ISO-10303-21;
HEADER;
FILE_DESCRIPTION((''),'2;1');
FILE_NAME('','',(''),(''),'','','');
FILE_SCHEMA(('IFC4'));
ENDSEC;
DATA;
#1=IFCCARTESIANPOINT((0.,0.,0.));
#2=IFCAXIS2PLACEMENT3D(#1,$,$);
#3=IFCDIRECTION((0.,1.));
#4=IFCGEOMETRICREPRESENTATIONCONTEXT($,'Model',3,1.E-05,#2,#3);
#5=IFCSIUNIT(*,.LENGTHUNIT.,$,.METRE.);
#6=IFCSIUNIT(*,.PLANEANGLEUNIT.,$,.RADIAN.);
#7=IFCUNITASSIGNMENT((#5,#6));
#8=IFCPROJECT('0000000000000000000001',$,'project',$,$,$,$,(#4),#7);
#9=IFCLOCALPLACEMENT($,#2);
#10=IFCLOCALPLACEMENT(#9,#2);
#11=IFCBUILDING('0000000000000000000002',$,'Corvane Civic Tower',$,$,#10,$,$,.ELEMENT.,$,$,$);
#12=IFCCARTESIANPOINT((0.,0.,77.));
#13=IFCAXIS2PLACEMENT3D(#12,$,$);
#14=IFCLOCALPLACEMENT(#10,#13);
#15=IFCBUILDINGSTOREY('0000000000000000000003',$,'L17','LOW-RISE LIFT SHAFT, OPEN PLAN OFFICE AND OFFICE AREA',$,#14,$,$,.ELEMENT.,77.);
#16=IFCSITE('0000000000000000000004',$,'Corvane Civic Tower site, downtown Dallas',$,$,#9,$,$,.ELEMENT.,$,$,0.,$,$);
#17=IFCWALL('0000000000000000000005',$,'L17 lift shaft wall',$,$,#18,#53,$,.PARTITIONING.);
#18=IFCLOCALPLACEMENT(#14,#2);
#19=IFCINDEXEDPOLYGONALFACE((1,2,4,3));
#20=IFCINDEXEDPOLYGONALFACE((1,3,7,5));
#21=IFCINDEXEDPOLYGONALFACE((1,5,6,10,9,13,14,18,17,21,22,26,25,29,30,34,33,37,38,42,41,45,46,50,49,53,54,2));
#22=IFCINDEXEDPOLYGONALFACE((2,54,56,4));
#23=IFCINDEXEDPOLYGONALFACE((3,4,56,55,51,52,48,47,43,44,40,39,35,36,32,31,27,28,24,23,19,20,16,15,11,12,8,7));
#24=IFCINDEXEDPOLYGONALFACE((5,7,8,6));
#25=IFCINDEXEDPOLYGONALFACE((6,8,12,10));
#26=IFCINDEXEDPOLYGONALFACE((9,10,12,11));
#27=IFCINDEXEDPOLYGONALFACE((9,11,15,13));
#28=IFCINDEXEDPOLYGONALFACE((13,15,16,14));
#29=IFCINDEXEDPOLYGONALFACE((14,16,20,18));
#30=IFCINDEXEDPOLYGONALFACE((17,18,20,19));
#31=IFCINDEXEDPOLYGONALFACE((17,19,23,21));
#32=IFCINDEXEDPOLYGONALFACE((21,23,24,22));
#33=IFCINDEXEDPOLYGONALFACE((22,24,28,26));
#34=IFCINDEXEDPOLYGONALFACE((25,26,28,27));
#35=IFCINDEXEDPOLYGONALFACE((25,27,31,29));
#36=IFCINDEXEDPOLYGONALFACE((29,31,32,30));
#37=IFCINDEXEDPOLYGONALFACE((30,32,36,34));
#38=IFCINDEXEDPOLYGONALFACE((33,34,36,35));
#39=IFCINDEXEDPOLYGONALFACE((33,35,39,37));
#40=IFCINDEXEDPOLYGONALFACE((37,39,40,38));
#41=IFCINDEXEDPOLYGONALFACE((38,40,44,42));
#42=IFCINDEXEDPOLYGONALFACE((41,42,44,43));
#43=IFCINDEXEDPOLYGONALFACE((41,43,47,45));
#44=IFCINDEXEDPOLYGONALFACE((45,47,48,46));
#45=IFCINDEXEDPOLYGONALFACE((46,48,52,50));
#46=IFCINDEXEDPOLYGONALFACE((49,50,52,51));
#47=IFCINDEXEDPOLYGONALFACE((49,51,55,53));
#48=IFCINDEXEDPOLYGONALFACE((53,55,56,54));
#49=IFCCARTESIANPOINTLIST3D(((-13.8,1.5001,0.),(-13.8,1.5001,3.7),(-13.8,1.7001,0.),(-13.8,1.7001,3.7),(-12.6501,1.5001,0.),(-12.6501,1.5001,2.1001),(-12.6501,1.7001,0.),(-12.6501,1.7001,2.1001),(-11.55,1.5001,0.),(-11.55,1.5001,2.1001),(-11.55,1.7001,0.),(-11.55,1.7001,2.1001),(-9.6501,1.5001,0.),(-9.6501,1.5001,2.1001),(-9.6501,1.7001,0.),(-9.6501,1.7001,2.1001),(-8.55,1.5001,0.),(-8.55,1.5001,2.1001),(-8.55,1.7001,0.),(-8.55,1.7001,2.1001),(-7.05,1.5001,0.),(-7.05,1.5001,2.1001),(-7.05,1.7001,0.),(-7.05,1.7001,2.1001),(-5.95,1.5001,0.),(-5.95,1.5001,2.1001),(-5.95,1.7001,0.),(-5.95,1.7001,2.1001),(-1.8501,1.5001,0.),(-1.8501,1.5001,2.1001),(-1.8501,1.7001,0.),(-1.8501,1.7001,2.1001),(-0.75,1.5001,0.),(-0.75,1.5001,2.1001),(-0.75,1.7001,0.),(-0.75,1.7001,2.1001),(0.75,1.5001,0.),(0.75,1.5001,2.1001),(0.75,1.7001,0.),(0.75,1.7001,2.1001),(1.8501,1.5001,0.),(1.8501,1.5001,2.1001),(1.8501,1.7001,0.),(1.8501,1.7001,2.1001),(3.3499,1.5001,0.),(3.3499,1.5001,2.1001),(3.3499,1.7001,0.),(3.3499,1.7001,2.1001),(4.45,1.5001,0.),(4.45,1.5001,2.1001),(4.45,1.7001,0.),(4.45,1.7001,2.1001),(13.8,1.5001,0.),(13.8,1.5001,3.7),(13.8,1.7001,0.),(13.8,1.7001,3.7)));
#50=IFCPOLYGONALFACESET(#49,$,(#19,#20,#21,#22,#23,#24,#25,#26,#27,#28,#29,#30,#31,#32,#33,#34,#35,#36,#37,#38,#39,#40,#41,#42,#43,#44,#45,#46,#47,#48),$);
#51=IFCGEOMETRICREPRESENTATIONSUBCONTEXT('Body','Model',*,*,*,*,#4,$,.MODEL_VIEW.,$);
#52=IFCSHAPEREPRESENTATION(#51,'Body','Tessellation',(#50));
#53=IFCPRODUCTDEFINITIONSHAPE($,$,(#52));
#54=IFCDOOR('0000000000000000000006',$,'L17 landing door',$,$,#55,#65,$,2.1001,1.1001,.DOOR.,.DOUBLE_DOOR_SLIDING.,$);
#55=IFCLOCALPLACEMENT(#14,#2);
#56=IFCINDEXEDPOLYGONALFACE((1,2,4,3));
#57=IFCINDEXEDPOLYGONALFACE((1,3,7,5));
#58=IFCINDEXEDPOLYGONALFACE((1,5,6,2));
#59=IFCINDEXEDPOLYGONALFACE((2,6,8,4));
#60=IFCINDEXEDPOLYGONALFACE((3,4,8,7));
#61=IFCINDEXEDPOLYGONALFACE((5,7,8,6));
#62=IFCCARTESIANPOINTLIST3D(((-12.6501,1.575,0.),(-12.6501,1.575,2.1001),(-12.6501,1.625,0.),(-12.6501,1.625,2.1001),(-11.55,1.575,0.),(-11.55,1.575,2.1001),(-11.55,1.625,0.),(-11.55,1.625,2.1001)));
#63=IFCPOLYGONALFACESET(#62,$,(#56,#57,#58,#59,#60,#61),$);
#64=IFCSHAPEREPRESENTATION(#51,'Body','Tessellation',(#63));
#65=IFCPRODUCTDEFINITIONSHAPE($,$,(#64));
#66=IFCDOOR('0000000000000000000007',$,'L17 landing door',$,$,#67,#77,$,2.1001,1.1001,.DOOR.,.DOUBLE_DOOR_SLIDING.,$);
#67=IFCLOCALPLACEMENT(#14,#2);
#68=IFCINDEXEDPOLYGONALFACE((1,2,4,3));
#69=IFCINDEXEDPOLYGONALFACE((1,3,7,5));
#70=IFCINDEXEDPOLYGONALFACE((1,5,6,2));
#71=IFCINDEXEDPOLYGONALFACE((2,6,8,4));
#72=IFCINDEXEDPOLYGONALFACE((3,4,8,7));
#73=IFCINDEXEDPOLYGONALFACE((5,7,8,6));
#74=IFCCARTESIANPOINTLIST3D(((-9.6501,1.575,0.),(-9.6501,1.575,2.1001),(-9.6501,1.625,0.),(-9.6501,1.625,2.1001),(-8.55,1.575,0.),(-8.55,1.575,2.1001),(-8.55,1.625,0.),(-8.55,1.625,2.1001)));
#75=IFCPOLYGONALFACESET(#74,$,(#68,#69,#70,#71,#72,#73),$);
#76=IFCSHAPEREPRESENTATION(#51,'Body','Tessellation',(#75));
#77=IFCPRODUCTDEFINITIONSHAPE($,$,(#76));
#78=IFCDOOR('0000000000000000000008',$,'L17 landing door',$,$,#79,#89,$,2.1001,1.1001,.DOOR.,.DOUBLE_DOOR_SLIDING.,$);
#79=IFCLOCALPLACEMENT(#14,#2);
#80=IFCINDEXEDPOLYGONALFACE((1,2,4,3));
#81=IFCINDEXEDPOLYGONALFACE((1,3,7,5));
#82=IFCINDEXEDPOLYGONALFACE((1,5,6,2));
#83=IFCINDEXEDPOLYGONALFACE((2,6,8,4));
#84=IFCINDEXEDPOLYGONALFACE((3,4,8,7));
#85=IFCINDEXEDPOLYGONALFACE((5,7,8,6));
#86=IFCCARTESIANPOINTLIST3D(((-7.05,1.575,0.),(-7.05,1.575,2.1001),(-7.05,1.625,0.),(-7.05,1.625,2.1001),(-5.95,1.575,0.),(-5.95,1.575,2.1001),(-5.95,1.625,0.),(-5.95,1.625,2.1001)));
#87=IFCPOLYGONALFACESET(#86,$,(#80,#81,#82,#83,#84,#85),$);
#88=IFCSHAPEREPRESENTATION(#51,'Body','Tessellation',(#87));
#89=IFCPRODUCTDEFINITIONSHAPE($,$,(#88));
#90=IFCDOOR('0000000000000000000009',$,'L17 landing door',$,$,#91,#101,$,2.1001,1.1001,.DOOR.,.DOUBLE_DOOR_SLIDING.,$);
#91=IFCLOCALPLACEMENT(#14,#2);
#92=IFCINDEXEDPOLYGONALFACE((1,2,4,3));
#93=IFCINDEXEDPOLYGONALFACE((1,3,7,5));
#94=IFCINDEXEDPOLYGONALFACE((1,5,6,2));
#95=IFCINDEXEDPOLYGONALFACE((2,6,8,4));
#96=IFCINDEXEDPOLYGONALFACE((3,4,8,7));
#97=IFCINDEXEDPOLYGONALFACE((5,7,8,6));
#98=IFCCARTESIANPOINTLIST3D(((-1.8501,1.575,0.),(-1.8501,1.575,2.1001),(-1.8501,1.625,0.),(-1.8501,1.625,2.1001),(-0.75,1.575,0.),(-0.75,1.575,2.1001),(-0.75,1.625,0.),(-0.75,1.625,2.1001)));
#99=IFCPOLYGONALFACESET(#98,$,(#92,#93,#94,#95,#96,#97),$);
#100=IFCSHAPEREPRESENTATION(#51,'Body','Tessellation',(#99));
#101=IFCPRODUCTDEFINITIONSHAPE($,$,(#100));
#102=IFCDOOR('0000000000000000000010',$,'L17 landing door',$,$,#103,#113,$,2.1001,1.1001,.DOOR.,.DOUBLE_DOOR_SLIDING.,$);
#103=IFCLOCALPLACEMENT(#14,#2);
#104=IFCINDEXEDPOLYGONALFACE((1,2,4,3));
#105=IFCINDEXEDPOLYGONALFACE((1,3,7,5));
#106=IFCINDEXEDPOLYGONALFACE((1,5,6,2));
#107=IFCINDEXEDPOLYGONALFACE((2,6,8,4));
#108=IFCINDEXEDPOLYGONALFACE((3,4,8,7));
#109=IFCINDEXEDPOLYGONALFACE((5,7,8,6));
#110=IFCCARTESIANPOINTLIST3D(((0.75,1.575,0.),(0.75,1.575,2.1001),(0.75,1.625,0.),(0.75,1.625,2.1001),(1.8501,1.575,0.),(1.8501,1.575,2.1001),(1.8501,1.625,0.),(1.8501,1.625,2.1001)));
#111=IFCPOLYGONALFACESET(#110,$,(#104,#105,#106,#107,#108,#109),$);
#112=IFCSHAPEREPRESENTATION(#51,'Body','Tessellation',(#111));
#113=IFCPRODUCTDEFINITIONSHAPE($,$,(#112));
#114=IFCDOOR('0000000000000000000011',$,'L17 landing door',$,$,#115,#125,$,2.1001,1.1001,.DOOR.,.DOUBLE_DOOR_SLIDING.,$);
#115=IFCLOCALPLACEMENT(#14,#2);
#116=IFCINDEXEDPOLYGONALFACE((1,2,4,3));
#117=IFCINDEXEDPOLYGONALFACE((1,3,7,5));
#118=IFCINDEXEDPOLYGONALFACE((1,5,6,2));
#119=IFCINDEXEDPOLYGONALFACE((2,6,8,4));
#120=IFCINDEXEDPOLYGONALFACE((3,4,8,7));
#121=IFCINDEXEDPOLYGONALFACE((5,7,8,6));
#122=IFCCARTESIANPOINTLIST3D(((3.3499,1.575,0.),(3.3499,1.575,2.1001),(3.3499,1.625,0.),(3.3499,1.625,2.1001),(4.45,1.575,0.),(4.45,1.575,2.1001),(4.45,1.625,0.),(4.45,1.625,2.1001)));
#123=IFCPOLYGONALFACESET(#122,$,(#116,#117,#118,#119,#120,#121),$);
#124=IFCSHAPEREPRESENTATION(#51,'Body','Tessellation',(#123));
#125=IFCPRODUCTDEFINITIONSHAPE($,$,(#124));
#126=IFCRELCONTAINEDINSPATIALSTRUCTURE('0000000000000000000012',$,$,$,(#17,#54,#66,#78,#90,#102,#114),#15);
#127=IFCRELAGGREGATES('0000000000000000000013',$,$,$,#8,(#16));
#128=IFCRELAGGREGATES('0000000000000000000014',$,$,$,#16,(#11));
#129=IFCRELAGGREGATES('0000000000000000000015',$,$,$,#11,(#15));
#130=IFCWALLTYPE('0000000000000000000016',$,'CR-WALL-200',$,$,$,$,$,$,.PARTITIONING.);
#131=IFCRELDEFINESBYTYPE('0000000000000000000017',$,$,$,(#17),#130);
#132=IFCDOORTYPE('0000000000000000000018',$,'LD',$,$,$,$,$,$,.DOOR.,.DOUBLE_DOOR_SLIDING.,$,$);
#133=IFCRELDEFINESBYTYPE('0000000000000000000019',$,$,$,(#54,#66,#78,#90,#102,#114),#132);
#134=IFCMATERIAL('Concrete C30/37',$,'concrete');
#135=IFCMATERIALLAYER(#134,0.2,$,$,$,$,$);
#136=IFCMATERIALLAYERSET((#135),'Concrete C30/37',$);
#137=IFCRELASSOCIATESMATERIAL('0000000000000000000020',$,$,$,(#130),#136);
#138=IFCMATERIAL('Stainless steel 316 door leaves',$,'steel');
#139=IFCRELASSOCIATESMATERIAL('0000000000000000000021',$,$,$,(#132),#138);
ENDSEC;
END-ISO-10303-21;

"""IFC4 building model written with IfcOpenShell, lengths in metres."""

from ifc_helpers import new_model, si_unit, direction, frame, frame_2d, origin, place, context, subcontext, project, spatial, rectangle, extrude, material, layer, layer_set, type_object, element, fill, save


model = new_model("IFC4")

# Units and contexts
model_context = context("Model", 3, precision=1e-05, world=origin(), true_north=direction((0.0, 1.0)))
body_context = subcontext(model_context, "Body", "Model", "MODEL_VIEW")
ifc_project = project(units=[si_unit("LENGTHUNIT", "METRE"), si_unit("PLANEANGLEUNIT", "RADIAN")], contexts=[model_context])

# Site, building, storey
site_placement = place(None, origin())
site = spatial("IfcSite", under=ifc_project, at=site_placement, Name="Corvane Civic Tower site, downtown Dallas", CompositionType="ELEMENT", RefElevation=0.0)
building_placement = place(site_placement, origin())
building = spatial("IfcBuilding", under=site, at=building_placement, Name="Corvane Civic Tower", CompositionType="ELEMENT")
storey_placement = place(building_placement, frame((0.0, 0.0, 77.0)))
storey = spatial("IfcBuildingStorey", under=building, at=storey_placement, Name="L17", Description="LOW-RISE LIFT SHAFT, OPEN PLAN OFFICE AND OFFICE AREA", CompositionType="ELEMENT", Elevation=77.0)

# Wall, openings, doors
ifc_material_1 = material(Name="Concrete C30/37", Category="concrete")
ifc_layer_1 = layer(ifc_material_1, 0.2)
ifc_layer_set_1 = layer_set([ifc_layer_1], Name="Concrete C30/37")
wall_type_1 = type_object("IfcWallType", Name="CR-WALL-200", PredefinedType="PARTITIONING", material=ifc_layer_set_1)
wall_1_placement = place(storey_placement, frame((-13.8, 1.6001, 0.0), z_axis=(0.0, 0.0, 1.0), x_axis=(1.0, 0.0, 0.0)))
wall_1 = element("IfcWall", 1, at=wall_1_placement, inside=storey, type_object=wall_type_1, Name="L17 lift shaft wall", PredefinedType="PARTITIONING", context=body_context, shape_type="SweptSolid", body=[
    extrude(rectangle(XDim=27.6001, YDim=0.2, at=frame_2d((13.8, 0.0))), origin(), (0.0, 0.0, 1.0), 3.7),
])
opening_1_placement = place(wall_1_placement, frame((1.1499, 0.0, 0.0)))
opening_1 = element("IfcOpeningElement", 2, at=opening_1_placement, cuts=wall_1, PredefinedType="OPENING", context=body_context, shape_type="SweptSolid", body=[
    extrude(rectangle(XDim=1.1001, YDim=2.1001, at=frame_2d((0.55, 1.05))), frame((0.0, 0.1099, 0.0), z_axis=(0.0, -1.0, 0.0), x_axis=(1.0, 0.0, 0.0)), (0.0, 0.0, 1.0), 0.22),
])
opening_2_placement = place(wall_1_placement, frame((4.1499, 0.0, 0.0)))
opening_2 = element("IfcOpeningElement", 3, at=opening_2_placement, cuts=wall_1, PredefinedType="OPENING", context=body_context, shape_type="SweptSolid", body=[
    extrude(rectangle(XDim=1.1001, YDim=2.1001, at=frame_2d((0.55, 1.05))), frame((0.0, 0.1099, 0.0), z_axis=(0.0, -1.0, 0.0), x_axis=(1.0, 0.0, 0.0)), (0.0, 0.0, 1.0), 0.22),
])
opening_3_placement = place(wall_1_placement, frame((6.75, 0.0, 0.0)))
opening_3 = element("IfcOpeningElement", 4, at=opening_3_placement, cuts=wall_1, PredefinedType="OPENING", context=body_context, shape_type="SweptSolid", body=[
    extrude(rectangle(XDim=1.1001, YDim=2.1001, at=frame_2d((0.55, 1.05))), frame((0.0, 0.1099, 0.0), z_axis=(0.0, -1.0, 0.0), x_axis=(1.0, 0.0, 0.0)), (0.0, 0.0, 1.0), 0.22),
])
opening_4_placement = place(wall_1_placement, frame((11.95, 0.0, 0.0)))
opening_4 = element("IfcOpeningElement", 5, at=opening_4_placement, cuts=wall_1, PredefinedType="OPENING", context=body_context, shape_type="SweptSolid", body=[
    extrude(rectangle(XDim=1.1001, YDim=2.1001, at=frame_2d((0.55, 1.05))), frame((0.0, 0.1099, 0.0), z_axis=(0.0, -1.0, 0.0), x_axis=(1.0, 0.0, 0.0)), (0.0, 0.0, 1.0), 0.22),
])
opening_5_placement = place(wall_1_placement, frame((14.55, 0.0, 0.0)))
opening_5 = element("IfcOpeningElement", 6, at=opening_5_placement, cuts=wall_1, PredefinedType="OPENING", context=body_context, shape_type="SweptSolid", body=[
    extrude(rectangle(XDim=1.1001, YDim=2.1001, at=frame_2d((0.55, 1.05))), frame((0.0, 0.1099, 0.0), z_axis=(0.0, -1.0, 0.0), x_axis=(1.0, 0.0, 0.0)), (0.0, 0.0, 1.0), 0.22),
])
opening_6_placement = place(wall_1_placement, frame((17.1499, 0.0, 0.0)))
opening_6 = element("IfcOpeningElement", 7, at=opening_6_placement, cuts=wall_1, PredefinedType="OPENING", context=body_context, shape_type="SweptSolid", body=[
    extrude(rectangle(XDim=1.1001, YDim=2.1001, at=frame_2d((0.55, 1.05))), frame((0.0, 0.1099, 0.0), z_axis=(0.0, -1.0, 0.0), x_axis=(1.0, 0.0, 0.0)), (0.0, 0.0, 1.0), 0.22),
])
ifc_material_2 = material(Name="Stainless steel 316 door leaves", Category="steel")
door_type_1 = type_object("IfcDoorType", Name="LD", OperationType="DOUBLE_DOOR_SLIDING", PredefinedType="DOOR", material=ifc_material_2)
door_1_placement = place(opening_1_placement, origin())
door_1 = element("IfcDoor", 8, at=door_1_placement, inside=storey, type_object=door_type_1, Name="L17 landing door", OperationType="DOUBLE_DOOR_SLIDING", OverallHeight=2.1001, OverallWidth=1.1001, PredefinedType="DOOR", context=body_context, shape_type="SweptSolid", body=[
    extrude(rectangle(XDim=1.1001, YDim=2.1001, at=frame_2d((0.55, 1.05))), frame((0.0, 0.0249, 0.0), z_axis=(0.0, -1.0, 0.0), x_axis=(1.0, 0.0, 0.0)), (0.0, 0.0, 1.0), 0.05),
])
fill(opening_1, door_1)
door_2_placement = place(opening_2_placement, origin())
door_2 = element("IfcDoor", 9, at=door_2_placement, inside=storey, type_object=door_type_1, Name="L17 landing door", OperationType="DOUBLE_DOOR_SLIDING", OverallHeight=2.1001, OverallWidth=1.1001, PredefinedType="DOOR", context=body_context, shape_type="SweptSolid", body=[
    extrude(rectangle(XDim=1.1001, YDim=2.1001, at=frame_2d((0.55, 1.05))), frame((0.0, 0.0249, 0.0), z_axis=(0.0, -1.0, 0.0), x_axis=(1.0, 0.0, 0.0)), (0.0, 0.0, 1.0), 0.05),
])
fill(opening_2, door_2)
door_3_placement = place(opening_3_placement, origin())
door_3 = element("IfcDoor", 10, at=door_3_placement, inside=storey, type_object=door_type_1, Name="L17 landing door", OperationType="DOUBLE_DOOR_SLIDING", OverallHeight=2.1001, OverallWidth=1.1001, PredefinedType="DOOR", context=body_context, shape_type="SweptSolid", body=[
    extrude(rectangle(XDim=1.1001, YDim=2.1001, at=frame_2d((0.55, 1.05))), frame((0.0, 0.0249, 0.0), z_axis=(0.0, -1.0, 0.0), x_axis=(1.0, 0.0, 0.0)), (0.0, 0.0, 1.0), 0.05),
])
fill(opening_3, door_3)
door_4_placement = place(opening_4_placement, origin())
door_4 = element("IfcDoor", 11, at=door_4_placement, inside=storey, type_object=door_type_1, Name="L17 landing door", OperationType="DOUBLE_DOOR_SLIDING", OverallHeight=2.1001, OverallWidth=1.1001, PredefinedType="DOOR", context=body_context, shape_type="SweptSolid", body=[
    extrude(rectangle(XDim=1.1001, YDim=2.1001, at=frame_2d((0.55, 1.05))), frame((0.0, 0.0249, 0.0), z_axis=(0.0, -1.0, 0.0), x_axis=(1.0, 0.0, 0.0)), (0.0, 0.0, 1.0), 0.05),
])
fill(opening_4, door_4)
door_5_placement = place(opening_5_placement, origin())
door_5 = element("IfcDoor", 12, at=door_5_placement, inside=storey, type_object=door_type_1, Name="L17 landing door", OperationType="DOUBLE_DOOR_SLIDING", OverallHeight=2.1001, OverallWidth=1.1001, PredefinedType="DOOR", context=body_context, shape_type="SweptSolid", body=[
    extrude(rectangle(XDim=1.1001, YDim=2.1001, at=frame_2d((0.55, 1.05))), frame((0.0, 0.0249, 0.0), z_axis=(0.0, -1.0, 0.0), x_axis=(1.0, 0.0, 0.0)), (0.0, 0.0, 1.0), 0.05),
])
fill(opening_5, door_5)
door_6_placement = place(opening_6_placement, origin())
door_6 = element("IfcDoor", 13, at=door_6_placement, inside=storey, type_object=door_type_1, Name="L17 landing door", OperationType="DOUBLE_DOOR_SLIDING", OverallHeight=2.1001, OverallWidth=1.1001, PredefinedType="DOOR", context=body_context, shape_type="SweptSolid", body=[
    extrude(rectangle(XDim=1.1001, YDim=2.1001, at=frame_2d((0.55, 1.05))), frame((0.0, 0.0249, 0.0), z_axis=(0.0, -1.0, 0.0), x_axis=(1.0, 0.0, 0.0)), (0.0, 0.0, 1.0), 0.05),
])
fill(opening_6, door_6)

save(model, "model.ifc")
